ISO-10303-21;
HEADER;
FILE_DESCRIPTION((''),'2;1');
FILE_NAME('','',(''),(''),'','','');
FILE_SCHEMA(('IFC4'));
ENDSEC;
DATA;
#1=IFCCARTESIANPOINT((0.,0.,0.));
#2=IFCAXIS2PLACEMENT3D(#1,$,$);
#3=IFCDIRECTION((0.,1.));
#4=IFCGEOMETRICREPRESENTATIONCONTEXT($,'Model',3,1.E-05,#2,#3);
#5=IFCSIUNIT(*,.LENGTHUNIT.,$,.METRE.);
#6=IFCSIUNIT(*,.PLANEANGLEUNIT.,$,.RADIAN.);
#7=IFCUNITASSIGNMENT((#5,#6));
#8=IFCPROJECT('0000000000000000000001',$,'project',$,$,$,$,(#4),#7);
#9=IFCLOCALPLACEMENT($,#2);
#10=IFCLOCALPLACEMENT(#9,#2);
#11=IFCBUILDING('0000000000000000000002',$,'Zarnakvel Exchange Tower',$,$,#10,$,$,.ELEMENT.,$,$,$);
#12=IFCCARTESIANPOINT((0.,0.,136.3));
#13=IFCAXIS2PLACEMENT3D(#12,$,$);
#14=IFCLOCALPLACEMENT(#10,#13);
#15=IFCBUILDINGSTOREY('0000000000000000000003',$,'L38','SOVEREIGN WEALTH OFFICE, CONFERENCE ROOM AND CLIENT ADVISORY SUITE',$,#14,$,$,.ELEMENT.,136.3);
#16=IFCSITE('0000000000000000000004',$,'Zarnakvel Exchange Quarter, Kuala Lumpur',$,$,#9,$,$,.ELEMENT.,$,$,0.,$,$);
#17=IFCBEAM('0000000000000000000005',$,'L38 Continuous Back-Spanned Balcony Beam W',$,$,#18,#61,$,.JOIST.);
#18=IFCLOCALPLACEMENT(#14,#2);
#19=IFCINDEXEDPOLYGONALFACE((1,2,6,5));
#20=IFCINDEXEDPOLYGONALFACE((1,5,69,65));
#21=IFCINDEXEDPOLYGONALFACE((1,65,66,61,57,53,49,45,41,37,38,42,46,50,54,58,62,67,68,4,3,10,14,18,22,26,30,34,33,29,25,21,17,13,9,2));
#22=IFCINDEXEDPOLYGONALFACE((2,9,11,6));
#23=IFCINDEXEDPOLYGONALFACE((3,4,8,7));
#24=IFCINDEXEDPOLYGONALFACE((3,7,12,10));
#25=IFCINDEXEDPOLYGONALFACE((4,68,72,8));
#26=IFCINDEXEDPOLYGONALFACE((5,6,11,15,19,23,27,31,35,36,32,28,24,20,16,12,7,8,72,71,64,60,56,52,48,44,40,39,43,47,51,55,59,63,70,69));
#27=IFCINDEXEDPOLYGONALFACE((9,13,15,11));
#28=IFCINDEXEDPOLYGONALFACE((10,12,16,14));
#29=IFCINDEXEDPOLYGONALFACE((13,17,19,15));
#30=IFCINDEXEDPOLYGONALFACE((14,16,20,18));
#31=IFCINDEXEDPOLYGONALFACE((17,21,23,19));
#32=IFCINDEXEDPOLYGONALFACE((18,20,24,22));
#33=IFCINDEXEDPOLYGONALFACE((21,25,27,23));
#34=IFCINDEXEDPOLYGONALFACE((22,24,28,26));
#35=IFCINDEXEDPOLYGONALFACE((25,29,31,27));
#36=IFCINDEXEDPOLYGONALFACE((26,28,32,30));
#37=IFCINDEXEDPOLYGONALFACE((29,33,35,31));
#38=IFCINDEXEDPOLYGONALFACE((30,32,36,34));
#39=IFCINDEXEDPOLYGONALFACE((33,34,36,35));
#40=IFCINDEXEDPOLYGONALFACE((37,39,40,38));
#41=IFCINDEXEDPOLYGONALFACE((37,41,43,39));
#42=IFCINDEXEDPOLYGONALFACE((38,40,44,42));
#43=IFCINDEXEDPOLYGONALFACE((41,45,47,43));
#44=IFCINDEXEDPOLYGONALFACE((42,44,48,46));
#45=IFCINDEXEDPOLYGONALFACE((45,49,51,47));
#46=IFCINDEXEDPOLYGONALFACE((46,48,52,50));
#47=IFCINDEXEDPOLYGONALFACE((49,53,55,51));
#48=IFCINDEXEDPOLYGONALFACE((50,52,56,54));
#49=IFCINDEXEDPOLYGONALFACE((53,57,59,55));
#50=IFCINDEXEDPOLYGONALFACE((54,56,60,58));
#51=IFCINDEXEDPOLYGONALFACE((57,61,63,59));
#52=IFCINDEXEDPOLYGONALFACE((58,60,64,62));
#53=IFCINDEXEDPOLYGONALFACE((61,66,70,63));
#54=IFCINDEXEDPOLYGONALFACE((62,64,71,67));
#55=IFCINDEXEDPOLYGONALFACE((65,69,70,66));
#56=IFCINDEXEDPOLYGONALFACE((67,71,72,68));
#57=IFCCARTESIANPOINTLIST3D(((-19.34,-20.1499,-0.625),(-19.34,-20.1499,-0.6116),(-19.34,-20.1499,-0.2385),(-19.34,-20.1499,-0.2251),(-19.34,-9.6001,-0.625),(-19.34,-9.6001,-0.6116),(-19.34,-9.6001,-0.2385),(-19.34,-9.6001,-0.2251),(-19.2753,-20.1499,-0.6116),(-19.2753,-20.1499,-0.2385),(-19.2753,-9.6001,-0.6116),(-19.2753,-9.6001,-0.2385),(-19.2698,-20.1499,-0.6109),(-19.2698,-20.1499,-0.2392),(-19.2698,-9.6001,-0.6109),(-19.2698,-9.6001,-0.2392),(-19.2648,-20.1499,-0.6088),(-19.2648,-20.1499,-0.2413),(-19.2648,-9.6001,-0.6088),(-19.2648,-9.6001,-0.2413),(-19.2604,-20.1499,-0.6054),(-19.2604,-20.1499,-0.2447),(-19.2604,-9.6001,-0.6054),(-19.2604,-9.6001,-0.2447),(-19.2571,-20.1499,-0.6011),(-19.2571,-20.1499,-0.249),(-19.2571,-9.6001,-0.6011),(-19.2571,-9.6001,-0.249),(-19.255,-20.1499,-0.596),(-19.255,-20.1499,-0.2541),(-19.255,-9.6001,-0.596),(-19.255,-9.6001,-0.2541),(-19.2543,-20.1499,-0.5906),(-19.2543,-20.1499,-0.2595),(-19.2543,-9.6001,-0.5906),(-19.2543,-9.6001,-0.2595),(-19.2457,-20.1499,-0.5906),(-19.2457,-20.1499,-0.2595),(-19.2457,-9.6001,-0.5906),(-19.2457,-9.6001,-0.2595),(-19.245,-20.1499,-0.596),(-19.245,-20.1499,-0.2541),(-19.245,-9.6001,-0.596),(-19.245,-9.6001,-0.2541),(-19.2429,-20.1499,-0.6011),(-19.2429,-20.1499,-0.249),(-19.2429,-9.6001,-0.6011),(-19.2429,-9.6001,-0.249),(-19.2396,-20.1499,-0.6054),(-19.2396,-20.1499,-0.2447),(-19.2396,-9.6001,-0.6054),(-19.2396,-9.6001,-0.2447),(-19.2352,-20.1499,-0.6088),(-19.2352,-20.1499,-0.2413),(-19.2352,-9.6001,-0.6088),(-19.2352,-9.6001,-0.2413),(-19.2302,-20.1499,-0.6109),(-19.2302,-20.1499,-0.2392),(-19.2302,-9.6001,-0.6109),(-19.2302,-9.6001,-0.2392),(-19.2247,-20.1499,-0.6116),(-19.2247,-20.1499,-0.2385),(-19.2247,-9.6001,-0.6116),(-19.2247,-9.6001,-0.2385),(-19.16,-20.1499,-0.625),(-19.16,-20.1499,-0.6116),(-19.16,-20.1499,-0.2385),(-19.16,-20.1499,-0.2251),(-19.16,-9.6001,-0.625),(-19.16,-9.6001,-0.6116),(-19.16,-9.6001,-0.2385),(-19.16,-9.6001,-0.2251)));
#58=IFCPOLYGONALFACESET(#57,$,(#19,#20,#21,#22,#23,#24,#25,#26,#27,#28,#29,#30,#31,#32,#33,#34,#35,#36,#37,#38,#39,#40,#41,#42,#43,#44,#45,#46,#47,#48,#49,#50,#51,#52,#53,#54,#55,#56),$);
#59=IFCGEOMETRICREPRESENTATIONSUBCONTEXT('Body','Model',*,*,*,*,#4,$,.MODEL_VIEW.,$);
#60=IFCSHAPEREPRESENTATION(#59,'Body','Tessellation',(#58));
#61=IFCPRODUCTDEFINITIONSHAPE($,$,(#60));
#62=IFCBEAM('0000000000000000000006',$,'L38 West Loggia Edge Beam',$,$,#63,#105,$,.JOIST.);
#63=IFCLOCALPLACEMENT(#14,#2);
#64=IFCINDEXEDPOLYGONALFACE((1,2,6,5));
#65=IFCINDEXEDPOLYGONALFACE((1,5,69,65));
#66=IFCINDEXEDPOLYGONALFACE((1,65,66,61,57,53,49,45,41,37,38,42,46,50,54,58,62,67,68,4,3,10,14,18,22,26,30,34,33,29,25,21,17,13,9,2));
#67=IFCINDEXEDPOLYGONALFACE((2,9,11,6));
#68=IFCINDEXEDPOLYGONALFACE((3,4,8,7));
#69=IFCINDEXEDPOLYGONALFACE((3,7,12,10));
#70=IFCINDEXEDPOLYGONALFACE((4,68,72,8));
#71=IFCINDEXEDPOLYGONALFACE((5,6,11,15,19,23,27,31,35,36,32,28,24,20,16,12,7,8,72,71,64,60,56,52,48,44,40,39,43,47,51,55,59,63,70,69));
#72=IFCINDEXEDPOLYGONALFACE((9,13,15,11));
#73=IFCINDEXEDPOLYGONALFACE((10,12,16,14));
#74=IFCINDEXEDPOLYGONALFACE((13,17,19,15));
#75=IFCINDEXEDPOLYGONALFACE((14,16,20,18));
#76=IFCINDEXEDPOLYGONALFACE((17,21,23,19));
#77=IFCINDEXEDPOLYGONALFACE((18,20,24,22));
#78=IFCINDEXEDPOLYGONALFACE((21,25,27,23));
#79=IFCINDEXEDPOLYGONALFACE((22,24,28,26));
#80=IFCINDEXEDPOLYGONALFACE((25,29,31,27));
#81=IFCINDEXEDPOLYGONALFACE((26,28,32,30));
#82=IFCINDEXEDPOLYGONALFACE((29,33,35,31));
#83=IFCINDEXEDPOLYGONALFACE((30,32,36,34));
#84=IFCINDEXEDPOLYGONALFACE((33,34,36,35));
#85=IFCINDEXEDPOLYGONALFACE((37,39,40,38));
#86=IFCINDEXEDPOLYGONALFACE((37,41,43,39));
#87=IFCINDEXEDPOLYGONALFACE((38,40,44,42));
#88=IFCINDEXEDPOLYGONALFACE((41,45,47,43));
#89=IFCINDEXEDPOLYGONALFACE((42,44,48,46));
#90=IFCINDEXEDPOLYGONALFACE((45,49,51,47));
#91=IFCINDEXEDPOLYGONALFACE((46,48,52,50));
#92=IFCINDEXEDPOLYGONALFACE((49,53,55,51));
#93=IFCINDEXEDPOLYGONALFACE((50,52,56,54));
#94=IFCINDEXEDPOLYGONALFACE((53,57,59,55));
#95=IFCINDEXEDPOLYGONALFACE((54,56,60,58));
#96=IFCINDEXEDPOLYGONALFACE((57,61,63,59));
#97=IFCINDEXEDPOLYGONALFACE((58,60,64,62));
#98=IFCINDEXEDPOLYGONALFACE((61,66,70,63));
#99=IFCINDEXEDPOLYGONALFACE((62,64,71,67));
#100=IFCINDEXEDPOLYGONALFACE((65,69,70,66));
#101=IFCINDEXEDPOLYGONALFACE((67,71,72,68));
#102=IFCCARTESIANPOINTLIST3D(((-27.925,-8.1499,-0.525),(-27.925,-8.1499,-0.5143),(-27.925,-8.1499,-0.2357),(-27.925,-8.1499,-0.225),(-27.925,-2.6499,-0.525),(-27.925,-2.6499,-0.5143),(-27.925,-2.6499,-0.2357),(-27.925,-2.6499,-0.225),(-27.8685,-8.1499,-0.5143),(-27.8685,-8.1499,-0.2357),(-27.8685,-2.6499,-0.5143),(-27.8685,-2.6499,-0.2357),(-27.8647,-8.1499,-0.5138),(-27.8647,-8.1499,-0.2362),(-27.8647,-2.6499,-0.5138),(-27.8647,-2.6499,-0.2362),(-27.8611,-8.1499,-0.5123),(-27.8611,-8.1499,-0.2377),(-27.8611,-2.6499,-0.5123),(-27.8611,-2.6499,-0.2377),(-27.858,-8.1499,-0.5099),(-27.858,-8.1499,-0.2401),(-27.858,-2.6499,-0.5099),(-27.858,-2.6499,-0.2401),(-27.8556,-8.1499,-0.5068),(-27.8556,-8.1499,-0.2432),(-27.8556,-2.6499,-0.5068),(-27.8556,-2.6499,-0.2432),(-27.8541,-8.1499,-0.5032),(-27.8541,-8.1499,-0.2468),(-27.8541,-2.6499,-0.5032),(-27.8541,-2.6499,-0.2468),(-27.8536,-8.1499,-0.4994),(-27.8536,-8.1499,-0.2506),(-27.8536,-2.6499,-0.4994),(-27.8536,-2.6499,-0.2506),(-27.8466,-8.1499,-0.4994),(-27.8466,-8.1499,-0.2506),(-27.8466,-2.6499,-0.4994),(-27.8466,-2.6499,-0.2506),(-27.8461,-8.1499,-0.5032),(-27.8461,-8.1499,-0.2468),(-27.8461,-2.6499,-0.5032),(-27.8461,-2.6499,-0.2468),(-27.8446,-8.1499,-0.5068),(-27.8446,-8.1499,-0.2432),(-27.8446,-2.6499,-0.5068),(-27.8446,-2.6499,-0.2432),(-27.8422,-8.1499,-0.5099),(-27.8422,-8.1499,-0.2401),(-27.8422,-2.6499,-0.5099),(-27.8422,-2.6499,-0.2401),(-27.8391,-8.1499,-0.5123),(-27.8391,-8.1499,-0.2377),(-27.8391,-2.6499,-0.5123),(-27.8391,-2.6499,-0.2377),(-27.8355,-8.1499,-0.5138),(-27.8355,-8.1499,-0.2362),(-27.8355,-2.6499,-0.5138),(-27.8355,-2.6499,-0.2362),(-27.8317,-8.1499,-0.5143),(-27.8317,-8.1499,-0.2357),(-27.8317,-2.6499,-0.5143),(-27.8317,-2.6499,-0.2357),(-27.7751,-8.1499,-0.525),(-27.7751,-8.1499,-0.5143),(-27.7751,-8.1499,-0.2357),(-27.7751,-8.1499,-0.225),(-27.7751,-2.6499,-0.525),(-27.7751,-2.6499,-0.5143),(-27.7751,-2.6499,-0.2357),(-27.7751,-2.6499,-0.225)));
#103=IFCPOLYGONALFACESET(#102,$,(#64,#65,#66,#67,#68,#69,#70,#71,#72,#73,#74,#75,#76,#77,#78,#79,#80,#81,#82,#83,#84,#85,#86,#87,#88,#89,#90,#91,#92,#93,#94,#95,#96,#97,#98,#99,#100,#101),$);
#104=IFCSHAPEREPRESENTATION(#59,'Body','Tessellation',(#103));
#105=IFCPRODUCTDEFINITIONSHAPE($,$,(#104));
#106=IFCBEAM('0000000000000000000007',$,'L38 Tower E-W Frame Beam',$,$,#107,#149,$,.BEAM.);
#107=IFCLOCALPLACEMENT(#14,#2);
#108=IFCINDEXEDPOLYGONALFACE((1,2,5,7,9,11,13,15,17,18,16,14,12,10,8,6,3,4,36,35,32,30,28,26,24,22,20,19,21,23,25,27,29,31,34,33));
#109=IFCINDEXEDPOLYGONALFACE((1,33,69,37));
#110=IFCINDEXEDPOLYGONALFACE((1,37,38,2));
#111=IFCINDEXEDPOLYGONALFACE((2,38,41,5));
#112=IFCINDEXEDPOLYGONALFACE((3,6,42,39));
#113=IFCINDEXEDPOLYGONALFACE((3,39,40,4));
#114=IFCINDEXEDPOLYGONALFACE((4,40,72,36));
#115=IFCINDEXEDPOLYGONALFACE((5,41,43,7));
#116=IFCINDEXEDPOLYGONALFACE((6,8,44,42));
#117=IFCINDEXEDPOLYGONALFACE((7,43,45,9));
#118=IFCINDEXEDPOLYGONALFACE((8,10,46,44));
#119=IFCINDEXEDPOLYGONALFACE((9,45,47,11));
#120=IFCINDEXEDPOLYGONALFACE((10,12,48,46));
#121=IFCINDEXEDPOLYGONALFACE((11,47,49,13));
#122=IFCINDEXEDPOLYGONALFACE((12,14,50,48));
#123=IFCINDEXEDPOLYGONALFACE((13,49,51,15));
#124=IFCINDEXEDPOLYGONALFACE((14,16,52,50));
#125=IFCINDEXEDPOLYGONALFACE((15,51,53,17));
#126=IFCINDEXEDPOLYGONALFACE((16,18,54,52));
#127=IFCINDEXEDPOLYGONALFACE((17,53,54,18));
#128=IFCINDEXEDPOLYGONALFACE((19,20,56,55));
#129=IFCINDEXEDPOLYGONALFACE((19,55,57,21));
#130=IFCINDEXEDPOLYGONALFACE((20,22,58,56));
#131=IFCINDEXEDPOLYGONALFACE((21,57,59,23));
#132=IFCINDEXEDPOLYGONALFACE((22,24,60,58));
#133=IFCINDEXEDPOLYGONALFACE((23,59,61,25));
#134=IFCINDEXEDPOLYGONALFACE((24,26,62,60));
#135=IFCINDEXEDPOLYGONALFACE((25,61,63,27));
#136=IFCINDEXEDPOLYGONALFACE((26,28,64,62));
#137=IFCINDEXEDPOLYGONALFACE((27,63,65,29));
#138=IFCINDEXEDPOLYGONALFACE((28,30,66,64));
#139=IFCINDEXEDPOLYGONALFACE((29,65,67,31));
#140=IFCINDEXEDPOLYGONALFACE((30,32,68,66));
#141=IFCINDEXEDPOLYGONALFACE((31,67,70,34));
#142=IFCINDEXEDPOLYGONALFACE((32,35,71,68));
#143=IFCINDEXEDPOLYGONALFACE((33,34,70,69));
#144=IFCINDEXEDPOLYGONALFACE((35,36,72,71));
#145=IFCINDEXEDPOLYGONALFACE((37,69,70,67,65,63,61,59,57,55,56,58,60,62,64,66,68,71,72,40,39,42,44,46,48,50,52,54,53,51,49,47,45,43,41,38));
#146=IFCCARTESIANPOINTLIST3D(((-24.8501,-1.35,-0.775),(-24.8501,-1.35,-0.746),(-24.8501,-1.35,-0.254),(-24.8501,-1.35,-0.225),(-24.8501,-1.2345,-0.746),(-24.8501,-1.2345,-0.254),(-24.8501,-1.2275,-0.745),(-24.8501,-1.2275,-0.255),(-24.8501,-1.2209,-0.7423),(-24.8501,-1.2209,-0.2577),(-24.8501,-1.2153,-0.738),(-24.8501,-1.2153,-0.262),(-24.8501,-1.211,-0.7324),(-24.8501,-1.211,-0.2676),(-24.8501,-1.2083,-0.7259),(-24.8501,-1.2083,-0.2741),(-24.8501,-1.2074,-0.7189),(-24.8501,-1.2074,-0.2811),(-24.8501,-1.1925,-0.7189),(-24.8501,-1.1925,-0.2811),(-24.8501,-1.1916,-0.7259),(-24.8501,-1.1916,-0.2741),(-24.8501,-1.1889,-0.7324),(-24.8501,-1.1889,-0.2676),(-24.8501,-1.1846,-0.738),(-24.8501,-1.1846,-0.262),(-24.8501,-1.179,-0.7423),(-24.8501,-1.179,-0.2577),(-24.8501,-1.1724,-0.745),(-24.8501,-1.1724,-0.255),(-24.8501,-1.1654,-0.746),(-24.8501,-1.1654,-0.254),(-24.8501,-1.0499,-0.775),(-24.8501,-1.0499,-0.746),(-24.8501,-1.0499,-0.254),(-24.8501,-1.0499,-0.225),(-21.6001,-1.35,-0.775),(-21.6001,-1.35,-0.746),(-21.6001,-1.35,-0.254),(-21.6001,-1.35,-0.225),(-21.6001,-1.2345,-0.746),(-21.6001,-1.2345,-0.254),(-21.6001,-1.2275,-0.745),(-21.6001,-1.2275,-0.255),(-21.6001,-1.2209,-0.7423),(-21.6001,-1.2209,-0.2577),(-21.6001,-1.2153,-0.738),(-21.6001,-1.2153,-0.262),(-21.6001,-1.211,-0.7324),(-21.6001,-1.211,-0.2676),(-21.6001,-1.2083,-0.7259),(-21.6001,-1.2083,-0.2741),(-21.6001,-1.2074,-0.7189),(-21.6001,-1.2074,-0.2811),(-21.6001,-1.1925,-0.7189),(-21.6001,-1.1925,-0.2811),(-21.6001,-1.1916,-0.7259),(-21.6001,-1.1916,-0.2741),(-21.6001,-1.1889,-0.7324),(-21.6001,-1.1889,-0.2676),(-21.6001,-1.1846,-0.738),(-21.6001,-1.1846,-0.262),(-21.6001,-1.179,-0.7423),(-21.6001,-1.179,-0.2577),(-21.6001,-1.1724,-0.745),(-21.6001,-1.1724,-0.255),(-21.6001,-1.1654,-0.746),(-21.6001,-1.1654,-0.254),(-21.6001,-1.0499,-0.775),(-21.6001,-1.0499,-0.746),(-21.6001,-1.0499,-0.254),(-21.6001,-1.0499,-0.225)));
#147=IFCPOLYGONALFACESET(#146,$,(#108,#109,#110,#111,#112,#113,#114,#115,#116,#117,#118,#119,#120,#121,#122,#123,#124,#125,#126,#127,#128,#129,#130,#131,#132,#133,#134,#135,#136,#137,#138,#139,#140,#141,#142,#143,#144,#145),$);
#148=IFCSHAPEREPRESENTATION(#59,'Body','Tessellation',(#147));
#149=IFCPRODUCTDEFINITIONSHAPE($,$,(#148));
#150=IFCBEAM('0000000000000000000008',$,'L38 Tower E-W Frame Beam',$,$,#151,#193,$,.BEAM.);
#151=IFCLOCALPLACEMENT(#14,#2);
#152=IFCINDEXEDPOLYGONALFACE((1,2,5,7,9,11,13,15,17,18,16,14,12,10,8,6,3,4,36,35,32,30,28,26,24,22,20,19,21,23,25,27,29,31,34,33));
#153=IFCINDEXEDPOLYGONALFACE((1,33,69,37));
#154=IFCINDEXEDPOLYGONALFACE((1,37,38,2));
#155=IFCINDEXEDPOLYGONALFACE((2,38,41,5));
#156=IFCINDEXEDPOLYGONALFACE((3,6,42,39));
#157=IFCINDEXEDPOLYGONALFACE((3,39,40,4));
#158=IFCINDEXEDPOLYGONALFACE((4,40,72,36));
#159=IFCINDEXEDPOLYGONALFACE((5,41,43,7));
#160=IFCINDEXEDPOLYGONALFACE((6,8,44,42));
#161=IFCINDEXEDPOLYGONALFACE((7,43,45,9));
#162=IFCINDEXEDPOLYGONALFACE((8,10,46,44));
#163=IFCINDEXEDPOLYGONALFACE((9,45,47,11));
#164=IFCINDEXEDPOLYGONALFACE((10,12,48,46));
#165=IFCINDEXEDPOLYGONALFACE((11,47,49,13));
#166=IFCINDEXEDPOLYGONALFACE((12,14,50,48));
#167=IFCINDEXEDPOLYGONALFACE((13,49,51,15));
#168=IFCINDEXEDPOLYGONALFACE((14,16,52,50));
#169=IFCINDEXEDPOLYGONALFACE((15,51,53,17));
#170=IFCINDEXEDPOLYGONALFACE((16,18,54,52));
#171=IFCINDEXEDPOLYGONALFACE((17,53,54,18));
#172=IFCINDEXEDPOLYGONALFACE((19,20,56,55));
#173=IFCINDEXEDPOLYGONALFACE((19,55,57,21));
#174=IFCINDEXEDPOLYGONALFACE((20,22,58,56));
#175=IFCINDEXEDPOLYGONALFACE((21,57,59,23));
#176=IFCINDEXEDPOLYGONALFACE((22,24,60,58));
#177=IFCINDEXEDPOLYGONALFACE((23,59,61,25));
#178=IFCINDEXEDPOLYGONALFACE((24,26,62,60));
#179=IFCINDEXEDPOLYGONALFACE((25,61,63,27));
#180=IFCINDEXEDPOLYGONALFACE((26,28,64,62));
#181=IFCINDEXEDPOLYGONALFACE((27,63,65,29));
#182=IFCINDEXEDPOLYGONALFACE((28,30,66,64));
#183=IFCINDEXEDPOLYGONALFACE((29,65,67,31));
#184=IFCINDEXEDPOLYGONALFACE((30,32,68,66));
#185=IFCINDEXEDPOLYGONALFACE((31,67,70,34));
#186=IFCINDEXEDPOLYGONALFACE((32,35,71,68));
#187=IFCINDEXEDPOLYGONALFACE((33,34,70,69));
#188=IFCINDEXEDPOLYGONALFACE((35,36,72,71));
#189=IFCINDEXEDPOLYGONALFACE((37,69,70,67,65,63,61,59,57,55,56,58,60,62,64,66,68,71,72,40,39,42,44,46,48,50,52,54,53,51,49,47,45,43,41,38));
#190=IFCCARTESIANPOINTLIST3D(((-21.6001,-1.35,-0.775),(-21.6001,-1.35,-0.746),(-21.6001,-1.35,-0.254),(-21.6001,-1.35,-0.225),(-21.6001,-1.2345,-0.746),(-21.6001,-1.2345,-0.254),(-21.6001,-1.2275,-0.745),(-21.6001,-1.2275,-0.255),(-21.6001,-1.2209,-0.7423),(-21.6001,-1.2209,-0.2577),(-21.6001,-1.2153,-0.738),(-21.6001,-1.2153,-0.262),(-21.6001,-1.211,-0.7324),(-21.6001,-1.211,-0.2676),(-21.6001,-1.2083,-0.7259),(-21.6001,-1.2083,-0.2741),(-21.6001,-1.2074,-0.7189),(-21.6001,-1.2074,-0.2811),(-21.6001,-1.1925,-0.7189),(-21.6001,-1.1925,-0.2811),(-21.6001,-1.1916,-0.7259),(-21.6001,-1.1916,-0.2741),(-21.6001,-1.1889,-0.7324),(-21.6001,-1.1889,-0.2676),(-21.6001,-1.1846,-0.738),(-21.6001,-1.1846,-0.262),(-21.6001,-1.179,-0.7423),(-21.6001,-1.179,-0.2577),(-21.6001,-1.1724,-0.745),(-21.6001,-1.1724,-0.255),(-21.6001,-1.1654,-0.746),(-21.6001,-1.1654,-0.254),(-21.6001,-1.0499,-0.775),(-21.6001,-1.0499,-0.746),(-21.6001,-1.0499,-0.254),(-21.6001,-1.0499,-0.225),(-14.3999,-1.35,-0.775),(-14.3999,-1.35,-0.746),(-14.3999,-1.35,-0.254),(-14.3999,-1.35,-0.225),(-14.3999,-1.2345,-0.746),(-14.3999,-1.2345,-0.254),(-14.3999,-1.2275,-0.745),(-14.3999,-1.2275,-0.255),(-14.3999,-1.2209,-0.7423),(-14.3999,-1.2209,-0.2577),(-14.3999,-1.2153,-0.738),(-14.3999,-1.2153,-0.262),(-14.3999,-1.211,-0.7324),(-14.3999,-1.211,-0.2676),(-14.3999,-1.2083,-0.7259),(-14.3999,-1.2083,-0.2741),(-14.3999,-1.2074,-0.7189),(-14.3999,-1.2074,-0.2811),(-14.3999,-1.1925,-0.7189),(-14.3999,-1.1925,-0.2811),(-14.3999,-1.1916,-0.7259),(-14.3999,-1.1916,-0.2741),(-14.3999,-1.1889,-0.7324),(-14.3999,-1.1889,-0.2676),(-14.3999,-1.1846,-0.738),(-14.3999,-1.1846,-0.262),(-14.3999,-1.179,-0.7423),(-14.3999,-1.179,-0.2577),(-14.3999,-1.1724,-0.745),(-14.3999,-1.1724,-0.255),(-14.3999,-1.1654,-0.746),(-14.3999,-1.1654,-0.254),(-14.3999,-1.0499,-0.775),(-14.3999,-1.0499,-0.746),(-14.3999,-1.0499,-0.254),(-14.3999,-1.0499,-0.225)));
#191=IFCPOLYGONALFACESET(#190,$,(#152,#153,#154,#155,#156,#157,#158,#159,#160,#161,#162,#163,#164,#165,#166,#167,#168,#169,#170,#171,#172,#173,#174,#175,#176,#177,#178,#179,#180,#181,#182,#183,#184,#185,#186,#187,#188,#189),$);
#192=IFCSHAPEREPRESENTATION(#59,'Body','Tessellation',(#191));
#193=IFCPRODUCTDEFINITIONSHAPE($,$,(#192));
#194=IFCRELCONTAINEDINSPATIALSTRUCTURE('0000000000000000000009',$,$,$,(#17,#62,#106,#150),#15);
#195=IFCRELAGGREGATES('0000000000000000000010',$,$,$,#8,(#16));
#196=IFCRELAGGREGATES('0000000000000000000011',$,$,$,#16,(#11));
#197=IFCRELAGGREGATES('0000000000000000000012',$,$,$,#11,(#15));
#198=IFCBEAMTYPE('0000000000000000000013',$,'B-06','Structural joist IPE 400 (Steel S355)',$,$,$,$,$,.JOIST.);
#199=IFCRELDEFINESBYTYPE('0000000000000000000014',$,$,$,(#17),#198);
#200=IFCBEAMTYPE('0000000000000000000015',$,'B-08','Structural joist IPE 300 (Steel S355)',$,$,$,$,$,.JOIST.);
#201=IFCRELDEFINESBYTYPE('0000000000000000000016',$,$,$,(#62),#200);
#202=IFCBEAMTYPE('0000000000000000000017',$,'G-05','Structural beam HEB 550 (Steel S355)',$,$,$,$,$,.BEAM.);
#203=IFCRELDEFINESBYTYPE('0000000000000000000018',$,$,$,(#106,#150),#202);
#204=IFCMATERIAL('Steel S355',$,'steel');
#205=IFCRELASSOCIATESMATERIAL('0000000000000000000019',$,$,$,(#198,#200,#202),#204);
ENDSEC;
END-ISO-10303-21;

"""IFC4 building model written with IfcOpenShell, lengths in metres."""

from ifc_helpers import new_model, si_unit, direction, frame, origin, origin_2d, place, context, subcontext, project, spatial, i_section, extrude, material, material_profile, profile_set, type_object, element, save


model = new_model("IFC4")

# Units and contexts
model_context = context("Model", 3, precision=1e-05, world=origin(), true_north=direction((0.0, 1.0)))
body_context = subcontext(model_context, "Body", "Model", "MODEL_VIEW")
ifc_project = project(units=[si_unit("LENGTHUNIT", "METRE"), si_unit("PLANEANGLEUNIT", "RADIAN")], contexts=[model_context])

# Site, building, storey
site_placement = place(None, origin())
site = spatial("IfcSite", under=ifc_project, at=site_placement, Name="Zarnakvel Exchange Quarter, Kuala Lumpur", CompositionType="ELEMENT", RefElevation=0.0)
building_placement = place(site_placement, origin())
building = spatial("IfcBuilding", under=site, at=building_placement, Name="Zarnakvel Exchange Tower", CompositionType="ELEMENT")
storey_placement = place(building_placement, frame((0.0, 0.0, 136.3)))
storey = spatial("IfcBuildingStorey", under=building, at=storey_placement, Name="L38", Description="SOVEREIGN WEALTH OFFICE, CONFERENCE ROOM AND CLIENT ADVISORY SUITE", CompositionType="ELEMENT", Elevation=136.3)

# Shared definitions
ifc_material_1 = material(Name="Steel S355", Category="steel")

# Beams
ifc_material_profile_1 = material_profile(ifc_material_1, i_section(OverallWidth=0.1799, OverallDepth=0.3999, WebThickness=0.0085, FlangeThickness=0.0134, FilletRadius=0.021, at=origin_2d()))
ifc_profile_set_1 = profile_set([ifc_material_profile_1], Name="Steel S355")
beam_type_1 = type_object("IfcBeamType", Name="B-06", Description="Structural joist IPE 400 (Steel S355)", PredefinedType="JOIST", material=ifc_profile_set_1)
beam_1_placement = place(storey_placement, frame((-19.25, -9.6001, -0.425), z_axis=(0.0, -1.0, 0.0), x_axis=(1.0, 0.0, 0.0)))
element("IfcBeam", 1, at=beam_1_placement, inside=storey, type_object=beam_type_1, Name="L38 Continuous Back-Spanned Balcony Beam W", PredefinedType="JOIST", context=body_context, shape_type="SweptSolid", body=[
    extrude(i_section(OverallWidth=0.1799, OverallDepth=0.3999, WebThickness=0.0085, FlangeThickness=0.0134, FilletRadius=0.021, at=origin_2d()), origin(), (0.0, 0.0, 1.0), 10.5498),
])
ifc_material_profile_2 = material_profile(ifc_material_1, i_section(OverallWidth=0.1499, OverallDepth=0.3, WebThickness=0.0071, FlangeThickness=0.0107, FilletRadius=0.0149, at=origin_2d()))
ifc_profile_set_2 = profile_set([ifc_material_profile_2], Name="Steel S355")
beam_type_2 = type_object("IfcBeamType", Name="B-08", Description="Structural joist IPE 300 (Steel S355)", PredefinedType="JOIST", material=ifc_profile_set_2)
beam_2_placement = place(storey_placement, frame((-27.8501, -8.1499, -0.375), z_axis=(0.0, 1.0, 0.0), x_axis=(-1.0, 0.0, 0.0)))
element("IfcBeam", 2, at=beam_2_placement, inside=storey, type_object=beam_type_2, Name="L38 West Loggia Edge Beam", PredefinedType="JOIST", context=body_context, shape_type="SweptSolid", body=[
    extrude(i_section(OverallWidth=0.1499, OverallDepth=0.3, WebThickness=0.0071, FlangeThickness=0.0107, FilletRadius=0.0149, at=origin_2d()), origin(), (0.0, 0.0, 1.0), 5.5),
])
ifc_material_profile_3 = material_profile(ifc_material_1, i_section(OverallWidth=0.3, OverallDepth=0.55, WebThickness=0.0149, FlangeThickness=0.0291, FilletRadius=0.0271, at=origin_2d()))
ifc_profile_set_3 = profile_set([ifc_material_profile_3], Name="Steel S355")
beam_type_3 = type_object("IfcBeamType", Name="G-05", Description="Structural beam HEB 550 (Steel S355)", PredefinedType="BEAM", material=ifc_profile_set_3)
beam_3_placement = place(storey_placement, frame((-24.8501, -1.2, -0.5), z_axis=(1.0, 0.0, 0.0), x_axis=(0.0, 1.0, 0.0)))
element("IfcBeam", 3, at=beam_3_placement, inside=storey, type_object=beam_type_3, Name="L38 Tower E-W Frame Beam", PredefinedType="BEAM", context=body_context, shape_type="SweptSolid", body=[
    extrude(i_section(OverallWidth=0.3, OverallDepth=0.55, WebThickness=0.0149, FlangeThickness=0.0291, FilletRadius=0.0271, at=origin_2d()), origin(), (0.0, 0.0, 1.0), 3.25),
])
beam_4_placement = place(storey_placement, frame((-21.6001, -1.2, -0.5), z_axis=(1.0, 0.0, 0.0), x_axis=(0.0, 1.0, 0.0)))
element("IfcBeam", 4, at=beam_4_placement, inside=storey, type_object=beam_type_3, Name="L38 Tower E-W Frame Beam", PredefinedType="BEAM", context=body_context, shape_type="SweptSolid", body=[
    extrude(i_section(OverallWidth=0.3, OverallDepth=0.55, WebThickness=0.0149, FlangeThickness=0.0291, FilletRadius=0.0271, at=origin_2d()), origin(), (0.0, 0.0, 1.0), 7.2002),
])

save(model, "model.ifc")
